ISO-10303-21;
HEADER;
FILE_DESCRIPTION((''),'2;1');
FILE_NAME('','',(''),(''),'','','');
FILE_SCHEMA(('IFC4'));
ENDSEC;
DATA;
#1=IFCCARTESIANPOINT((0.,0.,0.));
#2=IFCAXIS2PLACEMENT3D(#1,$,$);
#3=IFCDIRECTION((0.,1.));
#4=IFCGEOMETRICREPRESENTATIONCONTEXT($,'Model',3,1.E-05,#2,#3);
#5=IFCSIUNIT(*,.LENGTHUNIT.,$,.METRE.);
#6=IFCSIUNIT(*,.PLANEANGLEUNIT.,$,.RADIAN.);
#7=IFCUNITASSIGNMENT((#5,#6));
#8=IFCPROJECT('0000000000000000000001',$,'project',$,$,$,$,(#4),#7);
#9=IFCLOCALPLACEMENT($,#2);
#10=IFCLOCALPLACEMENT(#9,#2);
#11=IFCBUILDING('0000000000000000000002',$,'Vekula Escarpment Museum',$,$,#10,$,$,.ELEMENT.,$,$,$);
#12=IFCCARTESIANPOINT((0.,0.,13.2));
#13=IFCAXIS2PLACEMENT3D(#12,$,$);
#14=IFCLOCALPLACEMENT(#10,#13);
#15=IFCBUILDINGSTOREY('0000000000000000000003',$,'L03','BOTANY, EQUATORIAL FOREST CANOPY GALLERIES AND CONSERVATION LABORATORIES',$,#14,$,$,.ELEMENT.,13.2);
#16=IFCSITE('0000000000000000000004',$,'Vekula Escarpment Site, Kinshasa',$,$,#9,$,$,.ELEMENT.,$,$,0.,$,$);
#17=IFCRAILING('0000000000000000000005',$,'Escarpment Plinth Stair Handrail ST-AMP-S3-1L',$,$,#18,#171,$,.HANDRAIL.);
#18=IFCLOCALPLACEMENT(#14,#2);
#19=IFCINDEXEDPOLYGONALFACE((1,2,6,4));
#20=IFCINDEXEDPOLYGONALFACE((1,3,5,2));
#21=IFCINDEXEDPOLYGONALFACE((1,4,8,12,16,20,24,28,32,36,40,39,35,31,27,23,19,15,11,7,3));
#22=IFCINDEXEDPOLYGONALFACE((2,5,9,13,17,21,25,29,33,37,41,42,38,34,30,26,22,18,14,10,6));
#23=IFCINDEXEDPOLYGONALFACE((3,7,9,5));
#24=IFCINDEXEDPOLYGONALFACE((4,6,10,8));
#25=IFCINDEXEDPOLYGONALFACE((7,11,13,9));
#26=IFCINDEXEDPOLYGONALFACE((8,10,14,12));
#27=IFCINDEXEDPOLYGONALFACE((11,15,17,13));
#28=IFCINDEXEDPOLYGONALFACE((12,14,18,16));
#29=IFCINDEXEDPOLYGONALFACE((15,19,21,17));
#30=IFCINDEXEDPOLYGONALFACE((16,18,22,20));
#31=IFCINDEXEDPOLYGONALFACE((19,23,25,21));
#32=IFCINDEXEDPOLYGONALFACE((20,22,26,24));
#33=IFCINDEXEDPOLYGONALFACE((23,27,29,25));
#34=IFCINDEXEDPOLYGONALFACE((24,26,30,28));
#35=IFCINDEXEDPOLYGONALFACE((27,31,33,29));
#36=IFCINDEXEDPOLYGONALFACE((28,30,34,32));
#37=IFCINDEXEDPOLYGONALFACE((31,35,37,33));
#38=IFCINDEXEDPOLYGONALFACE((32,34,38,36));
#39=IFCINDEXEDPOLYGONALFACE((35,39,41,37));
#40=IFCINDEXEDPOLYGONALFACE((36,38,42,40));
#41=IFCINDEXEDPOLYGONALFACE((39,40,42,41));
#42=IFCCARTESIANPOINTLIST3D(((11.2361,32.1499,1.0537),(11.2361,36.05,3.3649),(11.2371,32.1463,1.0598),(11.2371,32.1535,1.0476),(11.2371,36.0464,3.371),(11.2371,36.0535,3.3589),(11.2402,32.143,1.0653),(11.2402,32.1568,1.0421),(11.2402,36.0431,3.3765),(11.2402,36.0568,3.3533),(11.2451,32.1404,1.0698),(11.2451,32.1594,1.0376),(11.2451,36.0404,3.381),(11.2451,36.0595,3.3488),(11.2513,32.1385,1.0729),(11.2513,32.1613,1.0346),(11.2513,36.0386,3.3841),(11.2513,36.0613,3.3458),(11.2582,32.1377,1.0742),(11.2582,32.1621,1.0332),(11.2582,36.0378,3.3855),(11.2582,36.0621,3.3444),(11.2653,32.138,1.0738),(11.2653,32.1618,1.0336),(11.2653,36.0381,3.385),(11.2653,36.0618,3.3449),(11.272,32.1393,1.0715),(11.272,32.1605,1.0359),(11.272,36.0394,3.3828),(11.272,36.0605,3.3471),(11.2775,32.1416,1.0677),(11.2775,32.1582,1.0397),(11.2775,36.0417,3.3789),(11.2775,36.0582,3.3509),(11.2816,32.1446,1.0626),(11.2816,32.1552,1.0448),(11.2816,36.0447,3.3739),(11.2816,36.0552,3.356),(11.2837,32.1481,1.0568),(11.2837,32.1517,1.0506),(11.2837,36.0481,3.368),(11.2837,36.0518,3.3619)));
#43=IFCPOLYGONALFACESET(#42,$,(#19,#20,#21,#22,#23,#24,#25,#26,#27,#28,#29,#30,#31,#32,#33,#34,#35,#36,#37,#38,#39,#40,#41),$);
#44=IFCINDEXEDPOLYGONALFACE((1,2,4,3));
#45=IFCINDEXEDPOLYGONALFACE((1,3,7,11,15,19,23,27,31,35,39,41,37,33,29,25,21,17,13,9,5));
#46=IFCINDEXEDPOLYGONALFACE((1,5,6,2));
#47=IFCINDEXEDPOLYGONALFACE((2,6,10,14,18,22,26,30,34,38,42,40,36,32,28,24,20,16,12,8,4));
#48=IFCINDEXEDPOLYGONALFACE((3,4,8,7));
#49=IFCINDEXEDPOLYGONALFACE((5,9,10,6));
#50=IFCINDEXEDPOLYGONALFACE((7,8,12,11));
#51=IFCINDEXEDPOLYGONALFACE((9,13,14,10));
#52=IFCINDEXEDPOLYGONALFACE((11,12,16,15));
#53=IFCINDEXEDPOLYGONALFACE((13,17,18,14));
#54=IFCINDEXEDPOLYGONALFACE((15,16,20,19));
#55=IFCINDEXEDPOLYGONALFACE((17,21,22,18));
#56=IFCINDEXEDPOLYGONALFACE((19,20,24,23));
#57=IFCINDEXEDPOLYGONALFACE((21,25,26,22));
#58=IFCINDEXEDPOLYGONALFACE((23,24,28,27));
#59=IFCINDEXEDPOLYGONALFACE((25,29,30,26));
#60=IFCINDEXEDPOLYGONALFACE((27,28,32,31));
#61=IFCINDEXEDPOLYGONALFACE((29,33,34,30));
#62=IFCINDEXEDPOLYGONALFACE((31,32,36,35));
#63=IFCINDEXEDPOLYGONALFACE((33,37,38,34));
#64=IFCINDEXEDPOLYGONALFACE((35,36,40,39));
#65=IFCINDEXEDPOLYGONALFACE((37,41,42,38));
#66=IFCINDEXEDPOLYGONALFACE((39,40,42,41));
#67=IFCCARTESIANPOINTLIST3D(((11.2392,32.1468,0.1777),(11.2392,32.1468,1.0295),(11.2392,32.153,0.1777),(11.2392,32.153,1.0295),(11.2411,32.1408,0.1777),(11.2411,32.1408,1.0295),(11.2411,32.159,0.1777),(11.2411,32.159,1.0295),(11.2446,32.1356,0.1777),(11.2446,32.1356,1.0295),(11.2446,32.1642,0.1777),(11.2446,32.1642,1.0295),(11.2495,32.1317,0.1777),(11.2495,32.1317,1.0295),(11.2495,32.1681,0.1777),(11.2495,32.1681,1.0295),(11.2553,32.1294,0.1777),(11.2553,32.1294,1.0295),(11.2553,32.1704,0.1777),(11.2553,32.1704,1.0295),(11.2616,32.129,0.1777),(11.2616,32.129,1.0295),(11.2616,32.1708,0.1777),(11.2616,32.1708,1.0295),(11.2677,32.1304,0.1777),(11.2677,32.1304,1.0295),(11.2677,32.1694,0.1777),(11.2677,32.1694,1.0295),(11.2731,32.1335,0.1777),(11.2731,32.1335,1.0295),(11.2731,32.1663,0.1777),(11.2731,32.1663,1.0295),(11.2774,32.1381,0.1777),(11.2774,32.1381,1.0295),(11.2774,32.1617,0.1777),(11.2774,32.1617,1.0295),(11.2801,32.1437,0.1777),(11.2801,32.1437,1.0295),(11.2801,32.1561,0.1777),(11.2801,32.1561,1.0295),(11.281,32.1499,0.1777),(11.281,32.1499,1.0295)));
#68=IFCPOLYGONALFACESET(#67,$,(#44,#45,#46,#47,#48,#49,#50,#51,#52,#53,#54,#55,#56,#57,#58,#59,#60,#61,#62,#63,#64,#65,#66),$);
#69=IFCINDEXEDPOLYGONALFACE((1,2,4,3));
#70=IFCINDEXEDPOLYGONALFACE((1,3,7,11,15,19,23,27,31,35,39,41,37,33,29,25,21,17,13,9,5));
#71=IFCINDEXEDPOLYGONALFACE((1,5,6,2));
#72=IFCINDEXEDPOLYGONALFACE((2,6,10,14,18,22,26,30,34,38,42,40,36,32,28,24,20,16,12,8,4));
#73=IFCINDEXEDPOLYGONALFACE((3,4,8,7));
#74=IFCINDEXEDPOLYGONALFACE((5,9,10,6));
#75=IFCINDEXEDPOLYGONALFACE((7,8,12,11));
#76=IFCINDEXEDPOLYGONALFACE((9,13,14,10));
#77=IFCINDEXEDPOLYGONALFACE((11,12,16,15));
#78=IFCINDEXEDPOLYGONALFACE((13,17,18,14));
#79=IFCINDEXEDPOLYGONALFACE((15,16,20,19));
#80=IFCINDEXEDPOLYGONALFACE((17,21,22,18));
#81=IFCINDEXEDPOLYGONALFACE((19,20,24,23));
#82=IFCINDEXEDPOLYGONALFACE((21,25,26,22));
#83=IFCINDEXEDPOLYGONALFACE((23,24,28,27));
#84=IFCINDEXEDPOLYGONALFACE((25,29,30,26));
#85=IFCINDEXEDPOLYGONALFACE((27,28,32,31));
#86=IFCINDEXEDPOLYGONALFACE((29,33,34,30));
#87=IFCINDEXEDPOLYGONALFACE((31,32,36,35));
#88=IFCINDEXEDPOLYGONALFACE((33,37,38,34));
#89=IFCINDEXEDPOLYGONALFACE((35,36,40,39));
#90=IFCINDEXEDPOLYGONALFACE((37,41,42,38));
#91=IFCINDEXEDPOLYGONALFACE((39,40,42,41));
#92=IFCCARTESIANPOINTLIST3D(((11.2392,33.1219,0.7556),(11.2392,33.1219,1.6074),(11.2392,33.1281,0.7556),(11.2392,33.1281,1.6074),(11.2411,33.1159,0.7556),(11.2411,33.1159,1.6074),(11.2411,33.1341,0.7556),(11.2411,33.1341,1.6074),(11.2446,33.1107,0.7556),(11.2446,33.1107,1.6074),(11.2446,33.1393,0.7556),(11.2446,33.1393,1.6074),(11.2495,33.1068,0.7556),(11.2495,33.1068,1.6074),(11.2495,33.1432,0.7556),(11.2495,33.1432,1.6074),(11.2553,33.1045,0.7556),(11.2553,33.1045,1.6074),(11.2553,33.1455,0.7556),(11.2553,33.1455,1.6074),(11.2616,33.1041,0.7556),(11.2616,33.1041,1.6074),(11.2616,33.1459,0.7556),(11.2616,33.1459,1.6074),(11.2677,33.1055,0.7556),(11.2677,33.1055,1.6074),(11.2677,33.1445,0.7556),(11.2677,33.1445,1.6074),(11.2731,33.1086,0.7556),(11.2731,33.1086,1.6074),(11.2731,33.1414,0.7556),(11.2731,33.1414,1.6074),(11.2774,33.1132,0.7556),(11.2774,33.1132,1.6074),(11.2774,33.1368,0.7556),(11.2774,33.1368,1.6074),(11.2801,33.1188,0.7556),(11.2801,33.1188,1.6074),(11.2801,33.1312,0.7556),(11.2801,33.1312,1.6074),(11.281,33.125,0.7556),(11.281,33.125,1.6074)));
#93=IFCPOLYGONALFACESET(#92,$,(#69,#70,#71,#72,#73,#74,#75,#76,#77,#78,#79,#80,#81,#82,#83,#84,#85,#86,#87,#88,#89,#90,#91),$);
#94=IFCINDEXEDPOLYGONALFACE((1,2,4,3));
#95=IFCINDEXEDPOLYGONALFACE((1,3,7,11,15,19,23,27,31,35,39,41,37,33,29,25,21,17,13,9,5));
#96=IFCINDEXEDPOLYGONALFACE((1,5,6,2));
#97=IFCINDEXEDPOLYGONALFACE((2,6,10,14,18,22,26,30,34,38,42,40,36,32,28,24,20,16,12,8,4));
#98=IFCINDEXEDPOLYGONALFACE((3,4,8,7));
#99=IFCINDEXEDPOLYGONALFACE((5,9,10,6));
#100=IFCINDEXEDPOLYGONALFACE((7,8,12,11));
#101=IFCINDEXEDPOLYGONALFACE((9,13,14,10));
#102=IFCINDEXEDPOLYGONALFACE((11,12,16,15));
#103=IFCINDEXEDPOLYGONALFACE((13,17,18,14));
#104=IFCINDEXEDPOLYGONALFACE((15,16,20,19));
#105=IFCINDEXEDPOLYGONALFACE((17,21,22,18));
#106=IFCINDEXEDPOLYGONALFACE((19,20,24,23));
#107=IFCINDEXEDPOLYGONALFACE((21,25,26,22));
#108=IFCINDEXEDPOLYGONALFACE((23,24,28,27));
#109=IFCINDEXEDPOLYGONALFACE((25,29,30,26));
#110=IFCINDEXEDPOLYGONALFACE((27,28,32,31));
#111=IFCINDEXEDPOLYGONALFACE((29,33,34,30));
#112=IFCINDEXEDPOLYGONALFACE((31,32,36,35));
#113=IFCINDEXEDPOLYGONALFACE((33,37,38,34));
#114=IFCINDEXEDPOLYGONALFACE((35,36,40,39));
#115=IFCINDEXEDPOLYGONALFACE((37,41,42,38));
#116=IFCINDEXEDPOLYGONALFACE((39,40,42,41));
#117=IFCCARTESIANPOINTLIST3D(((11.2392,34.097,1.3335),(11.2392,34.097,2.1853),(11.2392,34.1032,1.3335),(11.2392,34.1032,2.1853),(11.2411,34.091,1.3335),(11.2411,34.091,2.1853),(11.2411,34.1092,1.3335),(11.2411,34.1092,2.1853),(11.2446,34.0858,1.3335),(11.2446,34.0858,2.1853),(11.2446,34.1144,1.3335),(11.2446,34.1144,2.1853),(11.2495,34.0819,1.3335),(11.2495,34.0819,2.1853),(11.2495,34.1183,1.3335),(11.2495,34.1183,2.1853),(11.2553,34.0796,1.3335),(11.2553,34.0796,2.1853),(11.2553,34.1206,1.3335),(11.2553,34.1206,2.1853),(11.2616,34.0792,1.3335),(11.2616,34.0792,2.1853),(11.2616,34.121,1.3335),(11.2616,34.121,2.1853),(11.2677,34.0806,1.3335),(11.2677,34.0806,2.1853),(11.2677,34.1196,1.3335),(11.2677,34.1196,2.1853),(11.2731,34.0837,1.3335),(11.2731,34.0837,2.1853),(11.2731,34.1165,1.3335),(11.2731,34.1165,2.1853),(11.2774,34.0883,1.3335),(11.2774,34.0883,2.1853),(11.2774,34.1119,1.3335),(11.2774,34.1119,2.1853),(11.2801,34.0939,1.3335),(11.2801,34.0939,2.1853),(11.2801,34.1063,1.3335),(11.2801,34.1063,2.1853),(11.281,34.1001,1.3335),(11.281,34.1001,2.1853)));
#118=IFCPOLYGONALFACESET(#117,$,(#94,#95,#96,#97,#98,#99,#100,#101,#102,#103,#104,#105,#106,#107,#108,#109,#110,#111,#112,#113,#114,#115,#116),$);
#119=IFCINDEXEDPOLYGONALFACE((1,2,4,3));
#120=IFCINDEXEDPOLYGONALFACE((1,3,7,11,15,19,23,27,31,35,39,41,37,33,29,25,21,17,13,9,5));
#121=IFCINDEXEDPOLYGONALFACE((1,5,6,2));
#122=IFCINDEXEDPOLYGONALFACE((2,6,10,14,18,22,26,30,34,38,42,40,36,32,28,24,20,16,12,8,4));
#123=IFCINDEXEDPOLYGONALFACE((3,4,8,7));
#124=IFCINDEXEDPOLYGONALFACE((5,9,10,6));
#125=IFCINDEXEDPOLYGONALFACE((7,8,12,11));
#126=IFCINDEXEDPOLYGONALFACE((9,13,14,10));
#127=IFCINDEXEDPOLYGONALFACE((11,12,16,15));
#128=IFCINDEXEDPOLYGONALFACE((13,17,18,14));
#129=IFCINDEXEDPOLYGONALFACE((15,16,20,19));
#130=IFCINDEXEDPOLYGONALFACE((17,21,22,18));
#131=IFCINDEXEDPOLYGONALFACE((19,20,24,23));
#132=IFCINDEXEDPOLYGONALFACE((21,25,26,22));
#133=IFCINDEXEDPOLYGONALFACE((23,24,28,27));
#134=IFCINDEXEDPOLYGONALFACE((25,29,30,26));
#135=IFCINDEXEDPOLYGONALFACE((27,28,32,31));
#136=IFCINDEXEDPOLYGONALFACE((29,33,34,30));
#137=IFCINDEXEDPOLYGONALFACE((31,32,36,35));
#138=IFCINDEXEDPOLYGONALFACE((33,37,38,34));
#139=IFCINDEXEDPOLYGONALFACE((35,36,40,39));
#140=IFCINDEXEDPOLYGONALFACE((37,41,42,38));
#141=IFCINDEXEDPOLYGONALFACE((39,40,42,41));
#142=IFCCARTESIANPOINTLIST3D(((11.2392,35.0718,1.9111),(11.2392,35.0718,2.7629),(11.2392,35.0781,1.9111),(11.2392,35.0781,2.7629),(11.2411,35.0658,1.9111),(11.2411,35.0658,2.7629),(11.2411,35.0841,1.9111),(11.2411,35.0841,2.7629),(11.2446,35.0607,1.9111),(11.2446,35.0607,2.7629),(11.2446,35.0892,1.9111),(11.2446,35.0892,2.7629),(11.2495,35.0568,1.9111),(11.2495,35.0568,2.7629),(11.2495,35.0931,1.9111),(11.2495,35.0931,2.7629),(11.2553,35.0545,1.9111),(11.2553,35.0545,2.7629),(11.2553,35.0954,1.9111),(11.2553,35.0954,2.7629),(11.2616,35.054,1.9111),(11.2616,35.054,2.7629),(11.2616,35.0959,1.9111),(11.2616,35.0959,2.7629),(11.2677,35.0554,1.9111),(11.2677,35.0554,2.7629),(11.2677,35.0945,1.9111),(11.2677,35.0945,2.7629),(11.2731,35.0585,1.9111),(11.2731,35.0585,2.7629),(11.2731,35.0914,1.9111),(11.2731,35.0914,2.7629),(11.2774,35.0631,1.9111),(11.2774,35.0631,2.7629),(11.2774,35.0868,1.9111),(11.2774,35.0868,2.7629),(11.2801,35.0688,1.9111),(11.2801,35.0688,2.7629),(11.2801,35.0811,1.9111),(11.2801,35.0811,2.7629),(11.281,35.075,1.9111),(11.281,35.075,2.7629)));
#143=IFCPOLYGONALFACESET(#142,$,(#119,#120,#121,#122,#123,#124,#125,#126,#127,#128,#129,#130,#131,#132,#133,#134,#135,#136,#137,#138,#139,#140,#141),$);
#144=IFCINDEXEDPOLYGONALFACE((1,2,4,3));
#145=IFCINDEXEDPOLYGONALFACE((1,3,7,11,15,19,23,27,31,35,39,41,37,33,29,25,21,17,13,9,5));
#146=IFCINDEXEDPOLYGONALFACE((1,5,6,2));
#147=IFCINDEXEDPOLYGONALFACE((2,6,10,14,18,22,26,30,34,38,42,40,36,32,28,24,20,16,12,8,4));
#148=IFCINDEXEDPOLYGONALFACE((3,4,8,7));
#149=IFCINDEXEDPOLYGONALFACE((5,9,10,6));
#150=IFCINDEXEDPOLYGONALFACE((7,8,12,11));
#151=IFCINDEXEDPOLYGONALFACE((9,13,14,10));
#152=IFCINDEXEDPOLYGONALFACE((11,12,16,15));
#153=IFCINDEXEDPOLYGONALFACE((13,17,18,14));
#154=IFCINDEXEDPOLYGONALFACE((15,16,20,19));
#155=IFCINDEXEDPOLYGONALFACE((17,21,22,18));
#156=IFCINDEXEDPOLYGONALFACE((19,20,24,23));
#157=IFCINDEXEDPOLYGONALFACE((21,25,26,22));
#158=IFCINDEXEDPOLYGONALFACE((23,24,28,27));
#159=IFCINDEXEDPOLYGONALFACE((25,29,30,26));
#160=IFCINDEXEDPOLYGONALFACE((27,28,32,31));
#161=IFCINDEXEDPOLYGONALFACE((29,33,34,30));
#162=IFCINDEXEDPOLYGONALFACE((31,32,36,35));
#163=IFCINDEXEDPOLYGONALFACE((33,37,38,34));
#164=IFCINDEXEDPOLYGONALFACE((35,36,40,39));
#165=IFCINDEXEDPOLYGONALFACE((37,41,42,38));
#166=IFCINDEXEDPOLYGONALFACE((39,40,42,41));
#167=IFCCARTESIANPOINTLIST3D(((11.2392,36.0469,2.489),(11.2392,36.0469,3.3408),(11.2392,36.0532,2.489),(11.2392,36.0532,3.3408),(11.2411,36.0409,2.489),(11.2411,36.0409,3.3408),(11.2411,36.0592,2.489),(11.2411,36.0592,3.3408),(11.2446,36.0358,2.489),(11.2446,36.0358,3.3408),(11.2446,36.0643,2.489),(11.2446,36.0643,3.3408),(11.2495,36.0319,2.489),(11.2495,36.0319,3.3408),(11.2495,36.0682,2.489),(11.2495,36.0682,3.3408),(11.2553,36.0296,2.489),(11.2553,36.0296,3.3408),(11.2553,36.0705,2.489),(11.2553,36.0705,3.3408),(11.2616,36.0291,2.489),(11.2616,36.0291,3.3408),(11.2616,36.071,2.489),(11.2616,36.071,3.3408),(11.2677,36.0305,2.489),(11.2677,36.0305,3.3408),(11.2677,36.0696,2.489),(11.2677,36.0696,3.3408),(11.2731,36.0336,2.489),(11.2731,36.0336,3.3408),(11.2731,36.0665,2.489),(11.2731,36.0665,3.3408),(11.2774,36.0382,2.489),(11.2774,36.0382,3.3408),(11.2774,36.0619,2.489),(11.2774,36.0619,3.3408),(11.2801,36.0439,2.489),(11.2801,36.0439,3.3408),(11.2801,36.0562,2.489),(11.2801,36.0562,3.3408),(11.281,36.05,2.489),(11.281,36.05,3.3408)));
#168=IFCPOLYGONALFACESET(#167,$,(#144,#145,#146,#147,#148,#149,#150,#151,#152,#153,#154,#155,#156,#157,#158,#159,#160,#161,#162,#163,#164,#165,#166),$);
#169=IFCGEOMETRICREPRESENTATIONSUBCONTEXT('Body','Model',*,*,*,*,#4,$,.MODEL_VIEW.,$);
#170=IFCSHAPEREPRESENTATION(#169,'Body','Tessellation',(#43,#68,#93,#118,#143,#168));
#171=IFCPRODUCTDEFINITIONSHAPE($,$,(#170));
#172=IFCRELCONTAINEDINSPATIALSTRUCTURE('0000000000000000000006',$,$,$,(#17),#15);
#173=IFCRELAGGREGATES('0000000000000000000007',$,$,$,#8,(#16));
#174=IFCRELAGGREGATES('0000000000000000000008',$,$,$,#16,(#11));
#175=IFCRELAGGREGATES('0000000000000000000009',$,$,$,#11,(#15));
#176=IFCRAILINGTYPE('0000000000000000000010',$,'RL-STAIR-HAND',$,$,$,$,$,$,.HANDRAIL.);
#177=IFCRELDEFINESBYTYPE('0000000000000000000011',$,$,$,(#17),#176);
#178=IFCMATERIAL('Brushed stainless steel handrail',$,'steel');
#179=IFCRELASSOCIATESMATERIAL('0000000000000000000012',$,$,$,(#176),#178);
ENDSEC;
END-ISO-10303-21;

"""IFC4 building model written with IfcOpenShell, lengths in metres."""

from ifc_helpers import new_model, si_unit, direction, frame, origin, origin_2d, place, context, subcontext, project, spatial, circle, extrude, material, type_object, element, save


model = new_model("IFC4")

# Units and contexts
model_context = context("Model", 3, precision=1e-05, world=origin(), true_north=direction((0.0, 1.0)))
body_context = subcontext(model_context, "Body", "Model", "MODEL_VIEW")
ifc_project = project(units=[si_unit("LENGTHUNIT", "METRE"), si_unit("PLANEANGLEUNIT", "RADIAN")], contexts=[model_context])

# Site, building, storey
site_placement = place(None, origin())
site = spatial("IfcSite", under=ifc_project, at=site_placement, Name="Vekula Escarpment Site, Kinshasa", CompositionType="ELEMENT", RefElevation=0.0)
building_placement = place(site_placement, origin())
building = spatial("IfcBuilding", under=site, at=building_placement, Name="Vekula Escarpment Museum", CompositionType="ELEMENT")
storey_placement = place(building_placement, frame((0.0, 0.0, 13.2)))
storey = spatial("IfcBuildingStorey", under=building, at=storey_placement, Name="L03", Description="BOTANY, EQUATORIAL FOREST CANOPY GALLERIES AND CONSERVATION LABORATORIES", CompositionType="ELEMENT", Elevation=13.2)

# Railing
ifc_material_1 = material(Name="Brushed stainless steel handrail", Category="steel")
railing_type_1 = type_object("IfcRailingType", Name="RL-STAIR-HAND", PredefinedType="HANDRAIL", material=ifc_material_1)
for number, where, name in (
    (1, (11.26, 32.1499, 0.1777), "Escarpment Plinth Stair Handrail ST-AMP-S3-1L"),
):
    element("IfcRailing", number, at=place(storey_placement, frame(where)), inside=storey, type_object=railing_type_1, Name=name, PredefinedType="HANDRAIL", context=body_context, shape_type="SweptSolid", body=[
        extrude(circle(Radius=0.0239, at=origin_2d()), frame((0.0, 0.0, 0.876), z_axis=(0.0, 0.860284, 0.509816), x_axis=(-1.0, 0.0, 0.0)), (0.0, 0.0, 1.0), 4.5334),
        extrude(circle(Radius=0.021, at=origin_2d()), origin(), (0.0, 0.0, 1.0), 0.8518),
        extrude(circle(Radius=0.021, at=origin_2d()), frame((0.0, 0.9751, 0.5779)), (0.0, 0.0, 1.0), 0.8518),
        extrude(circle(Radius=0.021, at=origin_2d()), frame((0.0, 1.9502, 1.1558)), (0.0, 0.0, 1.0), 0.8518),
        extrude(circle(Radius=0.021, at=origin_2d()), frame((0.0, 2.925, 1.7334)), (0.0, 0.0, 1.0), 0.8518),
        extrude(circle(Radius=0.021, at=origin_2d()), frame((0.0, 3.9001, 2.3113)), (0.0, 0.0, 1.0), 0.8518),
    ])

save(model, "model.ifc")
